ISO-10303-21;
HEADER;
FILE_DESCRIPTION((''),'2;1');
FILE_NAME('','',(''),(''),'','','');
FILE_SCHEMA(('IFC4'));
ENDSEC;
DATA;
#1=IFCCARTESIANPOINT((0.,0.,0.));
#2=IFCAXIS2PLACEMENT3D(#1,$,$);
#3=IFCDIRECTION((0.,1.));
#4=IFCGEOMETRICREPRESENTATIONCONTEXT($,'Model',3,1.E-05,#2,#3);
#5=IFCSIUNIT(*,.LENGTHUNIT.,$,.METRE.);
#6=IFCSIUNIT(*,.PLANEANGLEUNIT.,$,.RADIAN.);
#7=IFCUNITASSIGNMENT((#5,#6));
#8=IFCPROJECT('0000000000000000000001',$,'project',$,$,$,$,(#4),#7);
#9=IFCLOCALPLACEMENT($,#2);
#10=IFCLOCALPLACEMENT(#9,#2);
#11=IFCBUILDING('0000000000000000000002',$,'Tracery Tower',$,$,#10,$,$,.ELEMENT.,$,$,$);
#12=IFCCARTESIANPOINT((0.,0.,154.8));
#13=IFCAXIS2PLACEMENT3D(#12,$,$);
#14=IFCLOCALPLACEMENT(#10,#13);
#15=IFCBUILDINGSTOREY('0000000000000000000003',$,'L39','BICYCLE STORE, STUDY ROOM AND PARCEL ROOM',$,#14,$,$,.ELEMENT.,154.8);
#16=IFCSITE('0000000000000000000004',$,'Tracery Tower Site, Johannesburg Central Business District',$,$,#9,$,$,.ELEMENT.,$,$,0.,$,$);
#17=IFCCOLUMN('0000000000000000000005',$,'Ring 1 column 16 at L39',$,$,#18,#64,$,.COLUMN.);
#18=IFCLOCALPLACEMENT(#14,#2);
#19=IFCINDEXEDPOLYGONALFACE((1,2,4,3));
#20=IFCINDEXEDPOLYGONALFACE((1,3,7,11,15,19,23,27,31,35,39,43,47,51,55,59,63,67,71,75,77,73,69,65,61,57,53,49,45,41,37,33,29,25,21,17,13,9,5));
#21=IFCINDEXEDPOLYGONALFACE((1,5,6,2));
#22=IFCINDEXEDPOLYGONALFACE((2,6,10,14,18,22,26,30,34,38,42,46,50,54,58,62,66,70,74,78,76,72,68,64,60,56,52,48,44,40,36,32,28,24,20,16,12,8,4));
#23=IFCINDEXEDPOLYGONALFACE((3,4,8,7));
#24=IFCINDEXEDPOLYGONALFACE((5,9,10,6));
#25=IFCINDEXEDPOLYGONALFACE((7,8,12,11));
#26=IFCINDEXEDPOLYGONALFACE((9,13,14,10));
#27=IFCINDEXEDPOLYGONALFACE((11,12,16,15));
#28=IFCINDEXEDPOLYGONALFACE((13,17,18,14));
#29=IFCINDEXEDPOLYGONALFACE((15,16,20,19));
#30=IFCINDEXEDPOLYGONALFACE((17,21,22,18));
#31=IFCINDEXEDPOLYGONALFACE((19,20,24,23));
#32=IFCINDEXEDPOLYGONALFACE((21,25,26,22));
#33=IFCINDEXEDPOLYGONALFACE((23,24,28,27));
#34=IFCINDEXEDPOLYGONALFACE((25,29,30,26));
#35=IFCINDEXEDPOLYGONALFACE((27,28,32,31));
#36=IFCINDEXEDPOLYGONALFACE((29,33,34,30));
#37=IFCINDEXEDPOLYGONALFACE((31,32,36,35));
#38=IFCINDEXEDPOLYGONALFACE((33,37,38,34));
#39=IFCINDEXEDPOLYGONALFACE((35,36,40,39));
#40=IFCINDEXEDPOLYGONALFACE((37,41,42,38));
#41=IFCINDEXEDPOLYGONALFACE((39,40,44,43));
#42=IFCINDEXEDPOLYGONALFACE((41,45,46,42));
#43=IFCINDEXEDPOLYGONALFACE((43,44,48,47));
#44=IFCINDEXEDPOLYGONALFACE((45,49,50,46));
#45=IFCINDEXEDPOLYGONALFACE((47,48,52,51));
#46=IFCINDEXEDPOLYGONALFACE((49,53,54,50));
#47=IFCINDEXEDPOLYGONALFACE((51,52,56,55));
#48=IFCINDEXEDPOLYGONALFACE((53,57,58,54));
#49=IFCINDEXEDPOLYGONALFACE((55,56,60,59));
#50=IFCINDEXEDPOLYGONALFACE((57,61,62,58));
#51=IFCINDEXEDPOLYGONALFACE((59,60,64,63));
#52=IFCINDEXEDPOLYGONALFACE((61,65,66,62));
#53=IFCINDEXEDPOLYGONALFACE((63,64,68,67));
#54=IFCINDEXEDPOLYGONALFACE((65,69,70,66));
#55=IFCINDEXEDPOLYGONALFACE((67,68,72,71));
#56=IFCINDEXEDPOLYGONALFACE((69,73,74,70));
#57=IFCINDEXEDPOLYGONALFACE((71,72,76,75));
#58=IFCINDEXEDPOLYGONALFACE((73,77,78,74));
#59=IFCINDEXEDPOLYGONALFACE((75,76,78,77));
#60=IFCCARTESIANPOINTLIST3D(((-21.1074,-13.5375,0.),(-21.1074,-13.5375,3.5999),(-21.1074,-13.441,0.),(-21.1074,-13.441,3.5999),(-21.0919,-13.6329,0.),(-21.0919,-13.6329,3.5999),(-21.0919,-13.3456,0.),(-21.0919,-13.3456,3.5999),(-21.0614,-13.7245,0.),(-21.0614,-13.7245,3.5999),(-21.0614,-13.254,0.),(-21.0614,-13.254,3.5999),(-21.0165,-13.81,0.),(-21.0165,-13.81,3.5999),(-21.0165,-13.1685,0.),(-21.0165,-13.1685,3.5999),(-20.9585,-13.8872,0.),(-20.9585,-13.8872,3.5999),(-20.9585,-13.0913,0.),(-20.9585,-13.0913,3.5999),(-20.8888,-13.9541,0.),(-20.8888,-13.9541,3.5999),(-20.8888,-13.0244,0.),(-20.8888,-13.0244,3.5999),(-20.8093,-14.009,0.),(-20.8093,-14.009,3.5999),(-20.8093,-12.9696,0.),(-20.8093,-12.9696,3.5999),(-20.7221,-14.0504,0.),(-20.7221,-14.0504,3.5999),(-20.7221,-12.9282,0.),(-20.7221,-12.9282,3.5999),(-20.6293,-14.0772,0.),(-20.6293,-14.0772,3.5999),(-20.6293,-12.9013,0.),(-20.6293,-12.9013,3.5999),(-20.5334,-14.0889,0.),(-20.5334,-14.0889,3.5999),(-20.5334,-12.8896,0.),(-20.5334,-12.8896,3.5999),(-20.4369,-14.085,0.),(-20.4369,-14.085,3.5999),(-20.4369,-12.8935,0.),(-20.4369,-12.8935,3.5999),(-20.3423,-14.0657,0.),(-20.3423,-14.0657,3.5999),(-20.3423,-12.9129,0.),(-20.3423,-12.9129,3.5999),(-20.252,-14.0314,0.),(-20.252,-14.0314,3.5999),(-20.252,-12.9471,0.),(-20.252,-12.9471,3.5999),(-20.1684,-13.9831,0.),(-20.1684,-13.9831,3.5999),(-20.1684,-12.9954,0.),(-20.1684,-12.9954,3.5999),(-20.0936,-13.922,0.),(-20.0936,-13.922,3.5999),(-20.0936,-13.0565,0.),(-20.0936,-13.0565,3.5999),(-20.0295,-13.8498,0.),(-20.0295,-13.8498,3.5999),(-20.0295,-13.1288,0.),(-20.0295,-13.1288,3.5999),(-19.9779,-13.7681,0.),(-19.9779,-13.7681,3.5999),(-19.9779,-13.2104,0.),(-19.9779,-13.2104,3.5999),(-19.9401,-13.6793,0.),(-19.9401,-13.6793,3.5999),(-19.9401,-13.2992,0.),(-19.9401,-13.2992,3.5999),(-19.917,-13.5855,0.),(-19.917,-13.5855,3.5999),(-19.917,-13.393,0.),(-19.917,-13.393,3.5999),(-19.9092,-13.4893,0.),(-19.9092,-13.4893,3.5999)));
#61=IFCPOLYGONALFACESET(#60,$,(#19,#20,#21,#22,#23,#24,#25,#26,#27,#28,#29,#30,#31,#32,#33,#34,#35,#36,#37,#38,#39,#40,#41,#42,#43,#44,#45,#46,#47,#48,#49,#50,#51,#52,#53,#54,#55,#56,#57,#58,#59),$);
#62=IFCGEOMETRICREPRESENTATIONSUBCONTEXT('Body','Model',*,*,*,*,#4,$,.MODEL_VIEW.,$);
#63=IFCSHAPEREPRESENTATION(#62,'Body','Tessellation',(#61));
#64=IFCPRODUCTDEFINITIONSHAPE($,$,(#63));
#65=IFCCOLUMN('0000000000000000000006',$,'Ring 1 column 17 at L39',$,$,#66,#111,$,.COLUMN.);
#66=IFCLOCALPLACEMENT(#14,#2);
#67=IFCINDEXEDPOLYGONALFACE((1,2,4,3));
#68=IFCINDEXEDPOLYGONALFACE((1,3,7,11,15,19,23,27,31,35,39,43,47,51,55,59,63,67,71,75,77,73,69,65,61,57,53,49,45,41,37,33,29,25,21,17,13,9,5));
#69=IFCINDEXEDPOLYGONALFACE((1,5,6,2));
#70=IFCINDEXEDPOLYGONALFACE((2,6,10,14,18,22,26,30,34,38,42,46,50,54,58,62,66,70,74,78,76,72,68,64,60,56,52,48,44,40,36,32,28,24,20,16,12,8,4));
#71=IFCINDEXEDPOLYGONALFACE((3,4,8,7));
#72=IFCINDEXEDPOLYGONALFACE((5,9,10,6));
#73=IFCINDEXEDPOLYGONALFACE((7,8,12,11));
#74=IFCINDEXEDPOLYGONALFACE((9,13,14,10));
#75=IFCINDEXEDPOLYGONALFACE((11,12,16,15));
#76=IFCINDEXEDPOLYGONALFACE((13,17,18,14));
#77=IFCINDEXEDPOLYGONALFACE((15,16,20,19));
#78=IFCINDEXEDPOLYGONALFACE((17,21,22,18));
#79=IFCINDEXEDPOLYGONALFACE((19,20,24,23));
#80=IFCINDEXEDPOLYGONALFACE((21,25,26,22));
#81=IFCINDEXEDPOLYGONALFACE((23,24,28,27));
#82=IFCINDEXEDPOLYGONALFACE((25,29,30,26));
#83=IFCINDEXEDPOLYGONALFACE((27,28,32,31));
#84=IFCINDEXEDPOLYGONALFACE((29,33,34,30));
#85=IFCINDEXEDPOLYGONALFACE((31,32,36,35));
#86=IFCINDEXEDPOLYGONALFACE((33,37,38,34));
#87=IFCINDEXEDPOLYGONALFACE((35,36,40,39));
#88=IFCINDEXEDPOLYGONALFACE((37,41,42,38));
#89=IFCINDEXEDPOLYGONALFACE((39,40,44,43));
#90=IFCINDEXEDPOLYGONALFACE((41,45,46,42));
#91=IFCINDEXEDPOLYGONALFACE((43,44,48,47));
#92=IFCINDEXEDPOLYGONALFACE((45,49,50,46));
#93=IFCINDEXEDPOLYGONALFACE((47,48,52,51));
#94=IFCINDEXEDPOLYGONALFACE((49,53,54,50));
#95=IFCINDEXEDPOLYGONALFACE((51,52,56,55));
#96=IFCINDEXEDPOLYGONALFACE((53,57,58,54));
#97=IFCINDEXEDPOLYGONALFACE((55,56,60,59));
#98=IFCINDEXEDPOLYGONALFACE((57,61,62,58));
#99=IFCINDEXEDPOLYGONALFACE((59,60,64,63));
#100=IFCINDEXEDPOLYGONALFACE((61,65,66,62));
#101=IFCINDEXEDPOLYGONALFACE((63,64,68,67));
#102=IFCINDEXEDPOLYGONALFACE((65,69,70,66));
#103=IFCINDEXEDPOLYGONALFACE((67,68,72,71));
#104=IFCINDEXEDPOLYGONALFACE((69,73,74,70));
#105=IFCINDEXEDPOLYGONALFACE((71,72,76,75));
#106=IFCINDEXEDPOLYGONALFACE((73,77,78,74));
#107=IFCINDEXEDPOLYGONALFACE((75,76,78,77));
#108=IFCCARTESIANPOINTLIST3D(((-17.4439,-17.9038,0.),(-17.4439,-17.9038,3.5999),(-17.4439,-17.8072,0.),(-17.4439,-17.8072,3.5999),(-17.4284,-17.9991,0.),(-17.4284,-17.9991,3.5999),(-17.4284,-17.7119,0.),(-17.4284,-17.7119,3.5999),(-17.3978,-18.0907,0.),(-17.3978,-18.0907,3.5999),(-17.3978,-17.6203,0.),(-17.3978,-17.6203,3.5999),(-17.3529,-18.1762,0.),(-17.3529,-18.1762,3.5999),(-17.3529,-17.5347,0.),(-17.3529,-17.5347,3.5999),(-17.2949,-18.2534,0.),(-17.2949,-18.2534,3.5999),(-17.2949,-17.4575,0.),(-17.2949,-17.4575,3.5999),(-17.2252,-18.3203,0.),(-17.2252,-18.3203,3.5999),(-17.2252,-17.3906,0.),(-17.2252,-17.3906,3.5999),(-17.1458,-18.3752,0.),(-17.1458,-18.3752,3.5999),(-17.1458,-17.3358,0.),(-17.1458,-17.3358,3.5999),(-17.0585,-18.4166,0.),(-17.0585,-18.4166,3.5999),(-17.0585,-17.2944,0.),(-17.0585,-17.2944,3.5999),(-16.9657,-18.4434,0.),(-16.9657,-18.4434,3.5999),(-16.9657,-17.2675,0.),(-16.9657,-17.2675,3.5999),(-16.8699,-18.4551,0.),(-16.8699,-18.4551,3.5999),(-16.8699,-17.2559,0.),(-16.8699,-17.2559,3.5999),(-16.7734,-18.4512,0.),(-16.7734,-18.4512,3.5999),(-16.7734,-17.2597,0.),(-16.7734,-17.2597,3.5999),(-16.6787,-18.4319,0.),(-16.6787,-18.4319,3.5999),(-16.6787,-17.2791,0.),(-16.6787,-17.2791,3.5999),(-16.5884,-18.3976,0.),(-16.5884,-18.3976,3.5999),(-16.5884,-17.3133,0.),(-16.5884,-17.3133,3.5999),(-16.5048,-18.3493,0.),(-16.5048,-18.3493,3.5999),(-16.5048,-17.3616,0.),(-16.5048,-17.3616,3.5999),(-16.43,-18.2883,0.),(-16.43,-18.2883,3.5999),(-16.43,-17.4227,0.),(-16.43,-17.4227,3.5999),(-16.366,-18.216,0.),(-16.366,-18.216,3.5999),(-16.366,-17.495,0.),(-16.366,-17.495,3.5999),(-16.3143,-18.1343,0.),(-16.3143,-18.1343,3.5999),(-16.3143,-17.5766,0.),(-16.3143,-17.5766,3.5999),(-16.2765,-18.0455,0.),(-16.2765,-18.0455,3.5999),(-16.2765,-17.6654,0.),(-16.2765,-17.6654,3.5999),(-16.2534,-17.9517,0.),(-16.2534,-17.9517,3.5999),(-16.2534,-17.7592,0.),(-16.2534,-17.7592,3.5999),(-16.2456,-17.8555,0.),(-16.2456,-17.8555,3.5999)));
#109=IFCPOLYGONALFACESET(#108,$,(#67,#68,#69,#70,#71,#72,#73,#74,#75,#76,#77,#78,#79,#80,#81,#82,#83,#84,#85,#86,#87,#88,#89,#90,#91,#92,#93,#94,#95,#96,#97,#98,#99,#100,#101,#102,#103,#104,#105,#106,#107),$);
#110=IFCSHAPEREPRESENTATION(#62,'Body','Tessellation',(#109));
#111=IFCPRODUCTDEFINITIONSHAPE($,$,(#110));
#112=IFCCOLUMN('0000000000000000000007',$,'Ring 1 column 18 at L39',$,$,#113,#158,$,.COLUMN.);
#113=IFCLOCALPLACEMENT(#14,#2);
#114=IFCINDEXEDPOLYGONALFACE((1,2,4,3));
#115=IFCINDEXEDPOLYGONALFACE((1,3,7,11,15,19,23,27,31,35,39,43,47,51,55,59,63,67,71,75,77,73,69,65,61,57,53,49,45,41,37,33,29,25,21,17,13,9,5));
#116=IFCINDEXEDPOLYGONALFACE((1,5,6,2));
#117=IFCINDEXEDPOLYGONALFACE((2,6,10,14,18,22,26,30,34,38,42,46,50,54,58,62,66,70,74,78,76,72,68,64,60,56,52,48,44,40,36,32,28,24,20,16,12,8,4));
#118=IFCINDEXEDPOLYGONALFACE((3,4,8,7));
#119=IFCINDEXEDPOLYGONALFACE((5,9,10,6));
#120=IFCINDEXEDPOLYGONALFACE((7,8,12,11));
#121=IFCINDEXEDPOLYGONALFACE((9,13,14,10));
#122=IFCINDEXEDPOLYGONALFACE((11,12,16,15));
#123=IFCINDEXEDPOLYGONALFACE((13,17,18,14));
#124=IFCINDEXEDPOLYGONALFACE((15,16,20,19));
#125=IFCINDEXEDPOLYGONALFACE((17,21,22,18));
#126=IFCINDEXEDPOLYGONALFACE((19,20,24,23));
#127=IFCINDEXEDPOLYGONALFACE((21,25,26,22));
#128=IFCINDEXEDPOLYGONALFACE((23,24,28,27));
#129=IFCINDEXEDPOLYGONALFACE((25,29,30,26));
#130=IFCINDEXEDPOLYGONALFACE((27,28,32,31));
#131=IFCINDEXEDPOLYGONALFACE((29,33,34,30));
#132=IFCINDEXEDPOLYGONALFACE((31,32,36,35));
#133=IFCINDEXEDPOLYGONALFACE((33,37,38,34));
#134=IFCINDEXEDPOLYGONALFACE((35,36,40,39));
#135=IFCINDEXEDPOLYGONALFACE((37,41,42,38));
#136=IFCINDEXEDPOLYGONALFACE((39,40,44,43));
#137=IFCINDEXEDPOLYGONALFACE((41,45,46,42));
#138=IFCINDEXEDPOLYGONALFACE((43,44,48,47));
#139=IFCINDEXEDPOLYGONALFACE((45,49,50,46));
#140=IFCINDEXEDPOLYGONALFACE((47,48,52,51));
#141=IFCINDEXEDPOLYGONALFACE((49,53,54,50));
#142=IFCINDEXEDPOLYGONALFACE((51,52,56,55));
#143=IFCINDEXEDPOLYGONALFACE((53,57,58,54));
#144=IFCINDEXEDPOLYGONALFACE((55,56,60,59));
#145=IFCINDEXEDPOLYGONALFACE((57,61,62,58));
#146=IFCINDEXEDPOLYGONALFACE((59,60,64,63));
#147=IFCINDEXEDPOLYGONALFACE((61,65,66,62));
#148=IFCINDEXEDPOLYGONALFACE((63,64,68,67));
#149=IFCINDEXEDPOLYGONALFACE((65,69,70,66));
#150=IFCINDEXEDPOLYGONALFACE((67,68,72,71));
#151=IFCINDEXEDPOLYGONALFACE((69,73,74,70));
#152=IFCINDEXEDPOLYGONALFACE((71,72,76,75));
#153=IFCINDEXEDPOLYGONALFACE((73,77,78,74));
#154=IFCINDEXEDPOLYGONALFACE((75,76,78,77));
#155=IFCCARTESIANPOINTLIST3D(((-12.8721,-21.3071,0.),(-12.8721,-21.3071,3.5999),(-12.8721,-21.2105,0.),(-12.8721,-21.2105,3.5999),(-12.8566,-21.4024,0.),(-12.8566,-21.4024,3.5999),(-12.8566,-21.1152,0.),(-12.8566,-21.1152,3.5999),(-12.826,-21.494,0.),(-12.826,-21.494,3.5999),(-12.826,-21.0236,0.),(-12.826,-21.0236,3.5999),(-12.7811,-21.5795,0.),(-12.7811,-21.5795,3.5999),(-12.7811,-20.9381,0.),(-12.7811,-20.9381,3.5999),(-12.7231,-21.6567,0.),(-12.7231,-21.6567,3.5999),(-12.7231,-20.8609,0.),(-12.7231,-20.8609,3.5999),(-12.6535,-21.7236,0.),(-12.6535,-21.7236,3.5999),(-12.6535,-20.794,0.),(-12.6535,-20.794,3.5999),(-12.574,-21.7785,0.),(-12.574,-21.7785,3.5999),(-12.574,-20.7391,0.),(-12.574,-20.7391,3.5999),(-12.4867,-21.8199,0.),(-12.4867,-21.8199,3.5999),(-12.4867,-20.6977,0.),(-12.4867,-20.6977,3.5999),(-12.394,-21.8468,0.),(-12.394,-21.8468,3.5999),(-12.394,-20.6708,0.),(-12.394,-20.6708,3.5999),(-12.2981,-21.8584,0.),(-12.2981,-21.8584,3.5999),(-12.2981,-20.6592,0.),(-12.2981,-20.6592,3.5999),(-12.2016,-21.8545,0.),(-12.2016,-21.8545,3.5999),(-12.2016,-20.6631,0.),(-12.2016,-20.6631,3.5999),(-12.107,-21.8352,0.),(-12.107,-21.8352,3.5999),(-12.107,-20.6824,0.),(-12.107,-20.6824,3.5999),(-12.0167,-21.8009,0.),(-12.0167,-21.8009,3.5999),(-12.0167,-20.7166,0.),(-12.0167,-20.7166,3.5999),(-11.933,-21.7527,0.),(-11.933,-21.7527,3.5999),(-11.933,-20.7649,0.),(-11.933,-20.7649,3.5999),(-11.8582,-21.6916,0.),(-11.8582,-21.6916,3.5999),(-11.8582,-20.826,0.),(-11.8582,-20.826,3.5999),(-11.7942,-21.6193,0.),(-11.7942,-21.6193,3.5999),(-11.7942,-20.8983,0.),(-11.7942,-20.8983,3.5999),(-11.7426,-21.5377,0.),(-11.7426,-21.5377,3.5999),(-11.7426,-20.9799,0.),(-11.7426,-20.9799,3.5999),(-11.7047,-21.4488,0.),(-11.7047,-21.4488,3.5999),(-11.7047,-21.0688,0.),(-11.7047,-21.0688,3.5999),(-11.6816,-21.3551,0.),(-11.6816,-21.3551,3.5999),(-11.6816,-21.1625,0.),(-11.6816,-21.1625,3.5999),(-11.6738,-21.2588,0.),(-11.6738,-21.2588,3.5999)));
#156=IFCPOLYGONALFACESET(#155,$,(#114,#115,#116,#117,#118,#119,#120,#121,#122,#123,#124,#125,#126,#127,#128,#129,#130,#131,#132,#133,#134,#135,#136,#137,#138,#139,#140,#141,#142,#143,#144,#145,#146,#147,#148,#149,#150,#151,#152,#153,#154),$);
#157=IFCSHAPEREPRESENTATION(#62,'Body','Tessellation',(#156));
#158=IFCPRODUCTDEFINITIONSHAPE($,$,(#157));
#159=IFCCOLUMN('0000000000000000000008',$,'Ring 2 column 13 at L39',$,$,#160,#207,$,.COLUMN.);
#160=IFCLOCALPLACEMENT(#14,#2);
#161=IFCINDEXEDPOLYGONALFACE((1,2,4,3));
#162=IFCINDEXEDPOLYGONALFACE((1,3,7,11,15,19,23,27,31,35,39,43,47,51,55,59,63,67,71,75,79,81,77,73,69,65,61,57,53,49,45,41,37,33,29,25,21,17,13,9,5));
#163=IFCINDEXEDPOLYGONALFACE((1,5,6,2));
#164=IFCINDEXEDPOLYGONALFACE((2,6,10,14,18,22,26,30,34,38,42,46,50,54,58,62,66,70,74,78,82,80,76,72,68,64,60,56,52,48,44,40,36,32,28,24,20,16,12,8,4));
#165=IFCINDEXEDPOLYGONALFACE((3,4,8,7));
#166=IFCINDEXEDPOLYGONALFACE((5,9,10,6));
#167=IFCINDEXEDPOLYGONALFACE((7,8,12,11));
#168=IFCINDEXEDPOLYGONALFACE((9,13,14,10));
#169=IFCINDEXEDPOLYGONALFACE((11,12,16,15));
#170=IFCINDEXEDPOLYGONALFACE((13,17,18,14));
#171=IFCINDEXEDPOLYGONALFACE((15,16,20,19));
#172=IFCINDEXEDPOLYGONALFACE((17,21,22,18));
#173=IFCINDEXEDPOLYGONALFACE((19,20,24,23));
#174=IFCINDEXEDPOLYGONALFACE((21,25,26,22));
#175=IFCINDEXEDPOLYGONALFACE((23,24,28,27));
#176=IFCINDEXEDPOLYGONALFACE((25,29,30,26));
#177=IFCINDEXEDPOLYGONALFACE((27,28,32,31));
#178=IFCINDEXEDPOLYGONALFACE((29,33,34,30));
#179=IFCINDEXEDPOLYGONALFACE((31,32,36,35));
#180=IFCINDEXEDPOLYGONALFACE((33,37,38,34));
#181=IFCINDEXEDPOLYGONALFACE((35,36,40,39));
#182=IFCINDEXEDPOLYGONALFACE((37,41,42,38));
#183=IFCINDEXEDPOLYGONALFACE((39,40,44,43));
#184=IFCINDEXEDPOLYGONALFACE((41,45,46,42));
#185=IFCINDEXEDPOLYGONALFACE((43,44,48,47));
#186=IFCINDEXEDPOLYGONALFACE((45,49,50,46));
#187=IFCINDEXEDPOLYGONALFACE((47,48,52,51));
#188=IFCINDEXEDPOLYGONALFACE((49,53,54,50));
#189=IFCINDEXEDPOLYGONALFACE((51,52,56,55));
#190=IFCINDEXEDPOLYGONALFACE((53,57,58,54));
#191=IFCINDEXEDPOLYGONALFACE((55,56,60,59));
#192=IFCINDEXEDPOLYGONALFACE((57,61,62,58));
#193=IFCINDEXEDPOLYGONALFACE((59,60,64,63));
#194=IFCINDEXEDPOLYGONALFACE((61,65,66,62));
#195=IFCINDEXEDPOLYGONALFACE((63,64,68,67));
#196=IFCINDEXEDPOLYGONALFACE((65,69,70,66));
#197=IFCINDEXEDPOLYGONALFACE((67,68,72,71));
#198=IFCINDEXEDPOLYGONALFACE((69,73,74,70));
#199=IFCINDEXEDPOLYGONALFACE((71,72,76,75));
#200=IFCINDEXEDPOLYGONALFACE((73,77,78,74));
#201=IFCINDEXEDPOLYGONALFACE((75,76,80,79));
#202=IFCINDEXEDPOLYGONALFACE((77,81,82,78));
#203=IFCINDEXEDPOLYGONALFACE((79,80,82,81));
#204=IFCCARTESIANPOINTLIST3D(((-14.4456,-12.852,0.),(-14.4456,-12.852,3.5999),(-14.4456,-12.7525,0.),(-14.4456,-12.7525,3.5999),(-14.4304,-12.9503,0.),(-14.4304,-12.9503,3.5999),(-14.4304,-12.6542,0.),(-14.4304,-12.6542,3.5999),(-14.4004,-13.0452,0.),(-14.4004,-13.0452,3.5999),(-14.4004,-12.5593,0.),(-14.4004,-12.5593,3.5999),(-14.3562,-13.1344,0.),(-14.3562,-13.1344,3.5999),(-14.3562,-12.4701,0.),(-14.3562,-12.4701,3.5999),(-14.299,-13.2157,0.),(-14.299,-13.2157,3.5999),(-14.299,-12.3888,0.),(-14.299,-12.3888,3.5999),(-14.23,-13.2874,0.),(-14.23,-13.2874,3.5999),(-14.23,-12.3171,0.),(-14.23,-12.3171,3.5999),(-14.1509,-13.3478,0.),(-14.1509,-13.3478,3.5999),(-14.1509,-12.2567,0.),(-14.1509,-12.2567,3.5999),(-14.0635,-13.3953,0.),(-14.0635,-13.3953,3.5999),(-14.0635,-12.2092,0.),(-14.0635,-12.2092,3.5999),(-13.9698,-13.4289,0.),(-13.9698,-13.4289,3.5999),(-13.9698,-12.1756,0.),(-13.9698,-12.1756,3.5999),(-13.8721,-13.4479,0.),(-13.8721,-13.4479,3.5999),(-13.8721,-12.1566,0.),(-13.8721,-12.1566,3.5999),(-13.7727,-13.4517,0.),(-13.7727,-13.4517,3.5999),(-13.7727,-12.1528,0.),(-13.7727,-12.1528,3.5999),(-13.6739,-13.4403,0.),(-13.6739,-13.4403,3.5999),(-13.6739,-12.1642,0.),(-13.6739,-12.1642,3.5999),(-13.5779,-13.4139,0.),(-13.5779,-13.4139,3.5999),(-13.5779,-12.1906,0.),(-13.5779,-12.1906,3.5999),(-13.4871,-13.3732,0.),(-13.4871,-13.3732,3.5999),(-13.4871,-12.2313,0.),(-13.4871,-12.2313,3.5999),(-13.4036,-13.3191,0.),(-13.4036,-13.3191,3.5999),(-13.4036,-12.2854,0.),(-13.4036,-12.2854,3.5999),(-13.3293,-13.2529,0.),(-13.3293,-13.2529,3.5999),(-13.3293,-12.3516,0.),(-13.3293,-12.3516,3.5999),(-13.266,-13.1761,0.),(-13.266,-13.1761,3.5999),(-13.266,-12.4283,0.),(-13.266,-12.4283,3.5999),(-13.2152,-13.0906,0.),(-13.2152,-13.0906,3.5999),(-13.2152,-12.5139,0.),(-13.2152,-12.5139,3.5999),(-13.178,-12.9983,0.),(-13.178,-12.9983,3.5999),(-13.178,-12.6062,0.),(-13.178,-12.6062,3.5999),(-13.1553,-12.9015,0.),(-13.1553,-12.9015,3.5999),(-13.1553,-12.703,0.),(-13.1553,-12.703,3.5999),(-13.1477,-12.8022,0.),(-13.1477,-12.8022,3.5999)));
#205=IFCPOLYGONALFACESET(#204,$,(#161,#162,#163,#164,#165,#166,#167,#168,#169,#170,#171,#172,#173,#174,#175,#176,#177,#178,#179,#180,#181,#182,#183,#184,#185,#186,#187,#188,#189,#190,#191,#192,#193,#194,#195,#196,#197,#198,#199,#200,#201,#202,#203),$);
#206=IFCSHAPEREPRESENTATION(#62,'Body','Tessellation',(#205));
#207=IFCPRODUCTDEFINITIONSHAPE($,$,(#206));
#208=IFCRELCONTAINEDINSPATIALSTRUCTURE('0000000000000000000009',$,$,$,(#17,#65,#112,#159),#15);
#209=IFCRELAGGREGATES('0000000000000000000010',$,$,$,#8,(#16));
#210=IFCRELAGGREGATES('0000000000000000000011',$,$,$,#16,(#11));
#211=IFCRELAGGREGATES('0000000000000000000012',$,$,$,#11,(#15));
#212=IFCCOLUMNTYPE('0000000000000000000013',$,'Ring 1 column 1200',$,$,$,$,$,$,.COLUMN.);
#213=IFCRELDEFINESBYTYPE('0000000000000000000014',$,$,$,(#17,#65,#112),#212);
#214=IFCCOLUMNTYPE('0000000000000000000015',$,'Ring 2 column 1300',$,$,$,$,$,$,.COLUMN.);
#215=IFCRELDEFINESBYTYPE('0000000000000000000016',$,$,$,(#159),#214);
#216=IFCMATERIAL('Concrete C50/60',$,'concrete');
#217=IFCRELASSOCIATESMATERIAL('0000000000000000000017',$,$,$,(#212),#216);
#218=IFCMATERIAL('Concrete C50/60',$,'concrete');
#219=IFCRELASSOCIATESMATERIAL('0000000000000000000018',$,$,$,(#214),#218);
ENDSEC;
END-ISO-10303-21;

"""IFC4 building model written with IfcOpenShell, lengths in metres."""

from ifc_helpers import new_model, si_unit, direction, frame, origin, origin_2d, place, context, subcontext, project, spatial, circle, extrude, material, material_profile, profile_set, type_object, element, save


model = new_model("IFC4")

# Units and contexts
model_context = context("Model", 3, precision=1e-05, world=origin(), true_north=direction((0.0, 1.0)))
body_context = subcontext(model_context, "Body", "Model", "MODEL_VIEW")
ifc_project = project(units=[si_unit("LENGTHUNIT", "METRE"), si_unit("PLANEANGLEUNIT", "RADIAN")], contexts=[model_context])

# Site, building, storey
site_placement = place(None, origin())
site = spatial("IfcSite", under=ifc_project, at=site_placement, Name="Tracery Tower Site, Johannesburg Central Business District", CompositionType="ELEMENT", RefElevation=0.0)
building_placement = place(site_placement, origin())
building = spatial("IfcBuilding", under=site, at=building_placement, Name="Tracery Tower", CompositionType="ELEMENT")
storey_placement = place(building_placement, frame((0.0, 0.0, 154.8)))
storey = spatial("IfcBuildingStorey", under=building, at=storey_placement, Name="L39", Description="BICYCLE STORE, STUDY ROOM AND PARCEL ROOM", CompositionType="ELEMENT", Elevation=154.8)

# Columns
ifc_material_1 = material(Name="Concrete C50/60", Category="concrete")
ifc_material_profile_1 = material_profile(ifc_material_1, circle(Radius=0.6001, at=origin_2d()), Name="RC D1200")
ifc_profile_set_1 = profile_set([ifc_material_profile_1], Name="Concrete C50/60")
column_type_1 = type_object("IfcColumnType", Name="Ring 1 column 1200", PredefinedType="COLUMN", material=ifc_profile_set_1)
for number, where, z_axis, x_axis, name in (
    (1, (-20.5093, -13.4893, 0.0), (0.0, 0.0, 1.0), (1.0, 0.0, 0.0), "Ring 1 column 16 at L39"),
    (2, (-16.8457, -17.8555, 0.0), (0.0, 0.0, 1.0), (1.0, 0.0, 0.0), "Ring 1 column 17 at L39"),
    (3, (-12.2739, -21.2588, 0.0), (0.0, 0.0, 1.0), (1.0, 0.0, 0.0), "Ring 1 column 18 at L39"),
):
    element("IfcColumn", number, at=place(storey_placement, frame(where, z_axis=z_axis, x_axis=x_axis)), inside=storey, type_object=column_type_1, Name=name, PredefinedType="COLUMN", context=body_context, shape_type="SweptSolid", body=[
        extrude(circle(Radius=0.6001, at=origin_2d()), origin(), (0.0, 0.0, 1.0), 3.5999),
    ])
ifc_material_2 = material(Name="Concrete C50/60", Category="concrete")
ifc_material_profile_2 = material_profile(ifc_material_2, circle(Radius=0.6499, at=origin_2d()), Name="RC D1300")
ifc_profile_set_2 = profile_set([ifc_material_profile_2], Name="Concrete C50/60")
column_type_2 = type_object("IfcColumnType", Name="Ring 2 column 1300", PredefinedType="COLUMN", material=ifc_profile_set_2)
column_placement = place(storey_placement, frame((-13.7976, -12.8022, 0.0), z_axis=(0.0, 0.0, 1.0), x_axis=(1.0, 0.0, 0.0)))
element("IfcColumn", 4, at=column_placement, inside=storey, type_object=column_type_2, Name="Ring 2 column 13 at L39", PredefinedType="COLUMN", context=body_context, shape_type="SweptSolid", body=[
    extrude(circle(Radius=0.6499, at=origin_2d()), origin(), (0.0, 0.0, 1.0), 3.5999),
])

save(model, "model.ifc")
